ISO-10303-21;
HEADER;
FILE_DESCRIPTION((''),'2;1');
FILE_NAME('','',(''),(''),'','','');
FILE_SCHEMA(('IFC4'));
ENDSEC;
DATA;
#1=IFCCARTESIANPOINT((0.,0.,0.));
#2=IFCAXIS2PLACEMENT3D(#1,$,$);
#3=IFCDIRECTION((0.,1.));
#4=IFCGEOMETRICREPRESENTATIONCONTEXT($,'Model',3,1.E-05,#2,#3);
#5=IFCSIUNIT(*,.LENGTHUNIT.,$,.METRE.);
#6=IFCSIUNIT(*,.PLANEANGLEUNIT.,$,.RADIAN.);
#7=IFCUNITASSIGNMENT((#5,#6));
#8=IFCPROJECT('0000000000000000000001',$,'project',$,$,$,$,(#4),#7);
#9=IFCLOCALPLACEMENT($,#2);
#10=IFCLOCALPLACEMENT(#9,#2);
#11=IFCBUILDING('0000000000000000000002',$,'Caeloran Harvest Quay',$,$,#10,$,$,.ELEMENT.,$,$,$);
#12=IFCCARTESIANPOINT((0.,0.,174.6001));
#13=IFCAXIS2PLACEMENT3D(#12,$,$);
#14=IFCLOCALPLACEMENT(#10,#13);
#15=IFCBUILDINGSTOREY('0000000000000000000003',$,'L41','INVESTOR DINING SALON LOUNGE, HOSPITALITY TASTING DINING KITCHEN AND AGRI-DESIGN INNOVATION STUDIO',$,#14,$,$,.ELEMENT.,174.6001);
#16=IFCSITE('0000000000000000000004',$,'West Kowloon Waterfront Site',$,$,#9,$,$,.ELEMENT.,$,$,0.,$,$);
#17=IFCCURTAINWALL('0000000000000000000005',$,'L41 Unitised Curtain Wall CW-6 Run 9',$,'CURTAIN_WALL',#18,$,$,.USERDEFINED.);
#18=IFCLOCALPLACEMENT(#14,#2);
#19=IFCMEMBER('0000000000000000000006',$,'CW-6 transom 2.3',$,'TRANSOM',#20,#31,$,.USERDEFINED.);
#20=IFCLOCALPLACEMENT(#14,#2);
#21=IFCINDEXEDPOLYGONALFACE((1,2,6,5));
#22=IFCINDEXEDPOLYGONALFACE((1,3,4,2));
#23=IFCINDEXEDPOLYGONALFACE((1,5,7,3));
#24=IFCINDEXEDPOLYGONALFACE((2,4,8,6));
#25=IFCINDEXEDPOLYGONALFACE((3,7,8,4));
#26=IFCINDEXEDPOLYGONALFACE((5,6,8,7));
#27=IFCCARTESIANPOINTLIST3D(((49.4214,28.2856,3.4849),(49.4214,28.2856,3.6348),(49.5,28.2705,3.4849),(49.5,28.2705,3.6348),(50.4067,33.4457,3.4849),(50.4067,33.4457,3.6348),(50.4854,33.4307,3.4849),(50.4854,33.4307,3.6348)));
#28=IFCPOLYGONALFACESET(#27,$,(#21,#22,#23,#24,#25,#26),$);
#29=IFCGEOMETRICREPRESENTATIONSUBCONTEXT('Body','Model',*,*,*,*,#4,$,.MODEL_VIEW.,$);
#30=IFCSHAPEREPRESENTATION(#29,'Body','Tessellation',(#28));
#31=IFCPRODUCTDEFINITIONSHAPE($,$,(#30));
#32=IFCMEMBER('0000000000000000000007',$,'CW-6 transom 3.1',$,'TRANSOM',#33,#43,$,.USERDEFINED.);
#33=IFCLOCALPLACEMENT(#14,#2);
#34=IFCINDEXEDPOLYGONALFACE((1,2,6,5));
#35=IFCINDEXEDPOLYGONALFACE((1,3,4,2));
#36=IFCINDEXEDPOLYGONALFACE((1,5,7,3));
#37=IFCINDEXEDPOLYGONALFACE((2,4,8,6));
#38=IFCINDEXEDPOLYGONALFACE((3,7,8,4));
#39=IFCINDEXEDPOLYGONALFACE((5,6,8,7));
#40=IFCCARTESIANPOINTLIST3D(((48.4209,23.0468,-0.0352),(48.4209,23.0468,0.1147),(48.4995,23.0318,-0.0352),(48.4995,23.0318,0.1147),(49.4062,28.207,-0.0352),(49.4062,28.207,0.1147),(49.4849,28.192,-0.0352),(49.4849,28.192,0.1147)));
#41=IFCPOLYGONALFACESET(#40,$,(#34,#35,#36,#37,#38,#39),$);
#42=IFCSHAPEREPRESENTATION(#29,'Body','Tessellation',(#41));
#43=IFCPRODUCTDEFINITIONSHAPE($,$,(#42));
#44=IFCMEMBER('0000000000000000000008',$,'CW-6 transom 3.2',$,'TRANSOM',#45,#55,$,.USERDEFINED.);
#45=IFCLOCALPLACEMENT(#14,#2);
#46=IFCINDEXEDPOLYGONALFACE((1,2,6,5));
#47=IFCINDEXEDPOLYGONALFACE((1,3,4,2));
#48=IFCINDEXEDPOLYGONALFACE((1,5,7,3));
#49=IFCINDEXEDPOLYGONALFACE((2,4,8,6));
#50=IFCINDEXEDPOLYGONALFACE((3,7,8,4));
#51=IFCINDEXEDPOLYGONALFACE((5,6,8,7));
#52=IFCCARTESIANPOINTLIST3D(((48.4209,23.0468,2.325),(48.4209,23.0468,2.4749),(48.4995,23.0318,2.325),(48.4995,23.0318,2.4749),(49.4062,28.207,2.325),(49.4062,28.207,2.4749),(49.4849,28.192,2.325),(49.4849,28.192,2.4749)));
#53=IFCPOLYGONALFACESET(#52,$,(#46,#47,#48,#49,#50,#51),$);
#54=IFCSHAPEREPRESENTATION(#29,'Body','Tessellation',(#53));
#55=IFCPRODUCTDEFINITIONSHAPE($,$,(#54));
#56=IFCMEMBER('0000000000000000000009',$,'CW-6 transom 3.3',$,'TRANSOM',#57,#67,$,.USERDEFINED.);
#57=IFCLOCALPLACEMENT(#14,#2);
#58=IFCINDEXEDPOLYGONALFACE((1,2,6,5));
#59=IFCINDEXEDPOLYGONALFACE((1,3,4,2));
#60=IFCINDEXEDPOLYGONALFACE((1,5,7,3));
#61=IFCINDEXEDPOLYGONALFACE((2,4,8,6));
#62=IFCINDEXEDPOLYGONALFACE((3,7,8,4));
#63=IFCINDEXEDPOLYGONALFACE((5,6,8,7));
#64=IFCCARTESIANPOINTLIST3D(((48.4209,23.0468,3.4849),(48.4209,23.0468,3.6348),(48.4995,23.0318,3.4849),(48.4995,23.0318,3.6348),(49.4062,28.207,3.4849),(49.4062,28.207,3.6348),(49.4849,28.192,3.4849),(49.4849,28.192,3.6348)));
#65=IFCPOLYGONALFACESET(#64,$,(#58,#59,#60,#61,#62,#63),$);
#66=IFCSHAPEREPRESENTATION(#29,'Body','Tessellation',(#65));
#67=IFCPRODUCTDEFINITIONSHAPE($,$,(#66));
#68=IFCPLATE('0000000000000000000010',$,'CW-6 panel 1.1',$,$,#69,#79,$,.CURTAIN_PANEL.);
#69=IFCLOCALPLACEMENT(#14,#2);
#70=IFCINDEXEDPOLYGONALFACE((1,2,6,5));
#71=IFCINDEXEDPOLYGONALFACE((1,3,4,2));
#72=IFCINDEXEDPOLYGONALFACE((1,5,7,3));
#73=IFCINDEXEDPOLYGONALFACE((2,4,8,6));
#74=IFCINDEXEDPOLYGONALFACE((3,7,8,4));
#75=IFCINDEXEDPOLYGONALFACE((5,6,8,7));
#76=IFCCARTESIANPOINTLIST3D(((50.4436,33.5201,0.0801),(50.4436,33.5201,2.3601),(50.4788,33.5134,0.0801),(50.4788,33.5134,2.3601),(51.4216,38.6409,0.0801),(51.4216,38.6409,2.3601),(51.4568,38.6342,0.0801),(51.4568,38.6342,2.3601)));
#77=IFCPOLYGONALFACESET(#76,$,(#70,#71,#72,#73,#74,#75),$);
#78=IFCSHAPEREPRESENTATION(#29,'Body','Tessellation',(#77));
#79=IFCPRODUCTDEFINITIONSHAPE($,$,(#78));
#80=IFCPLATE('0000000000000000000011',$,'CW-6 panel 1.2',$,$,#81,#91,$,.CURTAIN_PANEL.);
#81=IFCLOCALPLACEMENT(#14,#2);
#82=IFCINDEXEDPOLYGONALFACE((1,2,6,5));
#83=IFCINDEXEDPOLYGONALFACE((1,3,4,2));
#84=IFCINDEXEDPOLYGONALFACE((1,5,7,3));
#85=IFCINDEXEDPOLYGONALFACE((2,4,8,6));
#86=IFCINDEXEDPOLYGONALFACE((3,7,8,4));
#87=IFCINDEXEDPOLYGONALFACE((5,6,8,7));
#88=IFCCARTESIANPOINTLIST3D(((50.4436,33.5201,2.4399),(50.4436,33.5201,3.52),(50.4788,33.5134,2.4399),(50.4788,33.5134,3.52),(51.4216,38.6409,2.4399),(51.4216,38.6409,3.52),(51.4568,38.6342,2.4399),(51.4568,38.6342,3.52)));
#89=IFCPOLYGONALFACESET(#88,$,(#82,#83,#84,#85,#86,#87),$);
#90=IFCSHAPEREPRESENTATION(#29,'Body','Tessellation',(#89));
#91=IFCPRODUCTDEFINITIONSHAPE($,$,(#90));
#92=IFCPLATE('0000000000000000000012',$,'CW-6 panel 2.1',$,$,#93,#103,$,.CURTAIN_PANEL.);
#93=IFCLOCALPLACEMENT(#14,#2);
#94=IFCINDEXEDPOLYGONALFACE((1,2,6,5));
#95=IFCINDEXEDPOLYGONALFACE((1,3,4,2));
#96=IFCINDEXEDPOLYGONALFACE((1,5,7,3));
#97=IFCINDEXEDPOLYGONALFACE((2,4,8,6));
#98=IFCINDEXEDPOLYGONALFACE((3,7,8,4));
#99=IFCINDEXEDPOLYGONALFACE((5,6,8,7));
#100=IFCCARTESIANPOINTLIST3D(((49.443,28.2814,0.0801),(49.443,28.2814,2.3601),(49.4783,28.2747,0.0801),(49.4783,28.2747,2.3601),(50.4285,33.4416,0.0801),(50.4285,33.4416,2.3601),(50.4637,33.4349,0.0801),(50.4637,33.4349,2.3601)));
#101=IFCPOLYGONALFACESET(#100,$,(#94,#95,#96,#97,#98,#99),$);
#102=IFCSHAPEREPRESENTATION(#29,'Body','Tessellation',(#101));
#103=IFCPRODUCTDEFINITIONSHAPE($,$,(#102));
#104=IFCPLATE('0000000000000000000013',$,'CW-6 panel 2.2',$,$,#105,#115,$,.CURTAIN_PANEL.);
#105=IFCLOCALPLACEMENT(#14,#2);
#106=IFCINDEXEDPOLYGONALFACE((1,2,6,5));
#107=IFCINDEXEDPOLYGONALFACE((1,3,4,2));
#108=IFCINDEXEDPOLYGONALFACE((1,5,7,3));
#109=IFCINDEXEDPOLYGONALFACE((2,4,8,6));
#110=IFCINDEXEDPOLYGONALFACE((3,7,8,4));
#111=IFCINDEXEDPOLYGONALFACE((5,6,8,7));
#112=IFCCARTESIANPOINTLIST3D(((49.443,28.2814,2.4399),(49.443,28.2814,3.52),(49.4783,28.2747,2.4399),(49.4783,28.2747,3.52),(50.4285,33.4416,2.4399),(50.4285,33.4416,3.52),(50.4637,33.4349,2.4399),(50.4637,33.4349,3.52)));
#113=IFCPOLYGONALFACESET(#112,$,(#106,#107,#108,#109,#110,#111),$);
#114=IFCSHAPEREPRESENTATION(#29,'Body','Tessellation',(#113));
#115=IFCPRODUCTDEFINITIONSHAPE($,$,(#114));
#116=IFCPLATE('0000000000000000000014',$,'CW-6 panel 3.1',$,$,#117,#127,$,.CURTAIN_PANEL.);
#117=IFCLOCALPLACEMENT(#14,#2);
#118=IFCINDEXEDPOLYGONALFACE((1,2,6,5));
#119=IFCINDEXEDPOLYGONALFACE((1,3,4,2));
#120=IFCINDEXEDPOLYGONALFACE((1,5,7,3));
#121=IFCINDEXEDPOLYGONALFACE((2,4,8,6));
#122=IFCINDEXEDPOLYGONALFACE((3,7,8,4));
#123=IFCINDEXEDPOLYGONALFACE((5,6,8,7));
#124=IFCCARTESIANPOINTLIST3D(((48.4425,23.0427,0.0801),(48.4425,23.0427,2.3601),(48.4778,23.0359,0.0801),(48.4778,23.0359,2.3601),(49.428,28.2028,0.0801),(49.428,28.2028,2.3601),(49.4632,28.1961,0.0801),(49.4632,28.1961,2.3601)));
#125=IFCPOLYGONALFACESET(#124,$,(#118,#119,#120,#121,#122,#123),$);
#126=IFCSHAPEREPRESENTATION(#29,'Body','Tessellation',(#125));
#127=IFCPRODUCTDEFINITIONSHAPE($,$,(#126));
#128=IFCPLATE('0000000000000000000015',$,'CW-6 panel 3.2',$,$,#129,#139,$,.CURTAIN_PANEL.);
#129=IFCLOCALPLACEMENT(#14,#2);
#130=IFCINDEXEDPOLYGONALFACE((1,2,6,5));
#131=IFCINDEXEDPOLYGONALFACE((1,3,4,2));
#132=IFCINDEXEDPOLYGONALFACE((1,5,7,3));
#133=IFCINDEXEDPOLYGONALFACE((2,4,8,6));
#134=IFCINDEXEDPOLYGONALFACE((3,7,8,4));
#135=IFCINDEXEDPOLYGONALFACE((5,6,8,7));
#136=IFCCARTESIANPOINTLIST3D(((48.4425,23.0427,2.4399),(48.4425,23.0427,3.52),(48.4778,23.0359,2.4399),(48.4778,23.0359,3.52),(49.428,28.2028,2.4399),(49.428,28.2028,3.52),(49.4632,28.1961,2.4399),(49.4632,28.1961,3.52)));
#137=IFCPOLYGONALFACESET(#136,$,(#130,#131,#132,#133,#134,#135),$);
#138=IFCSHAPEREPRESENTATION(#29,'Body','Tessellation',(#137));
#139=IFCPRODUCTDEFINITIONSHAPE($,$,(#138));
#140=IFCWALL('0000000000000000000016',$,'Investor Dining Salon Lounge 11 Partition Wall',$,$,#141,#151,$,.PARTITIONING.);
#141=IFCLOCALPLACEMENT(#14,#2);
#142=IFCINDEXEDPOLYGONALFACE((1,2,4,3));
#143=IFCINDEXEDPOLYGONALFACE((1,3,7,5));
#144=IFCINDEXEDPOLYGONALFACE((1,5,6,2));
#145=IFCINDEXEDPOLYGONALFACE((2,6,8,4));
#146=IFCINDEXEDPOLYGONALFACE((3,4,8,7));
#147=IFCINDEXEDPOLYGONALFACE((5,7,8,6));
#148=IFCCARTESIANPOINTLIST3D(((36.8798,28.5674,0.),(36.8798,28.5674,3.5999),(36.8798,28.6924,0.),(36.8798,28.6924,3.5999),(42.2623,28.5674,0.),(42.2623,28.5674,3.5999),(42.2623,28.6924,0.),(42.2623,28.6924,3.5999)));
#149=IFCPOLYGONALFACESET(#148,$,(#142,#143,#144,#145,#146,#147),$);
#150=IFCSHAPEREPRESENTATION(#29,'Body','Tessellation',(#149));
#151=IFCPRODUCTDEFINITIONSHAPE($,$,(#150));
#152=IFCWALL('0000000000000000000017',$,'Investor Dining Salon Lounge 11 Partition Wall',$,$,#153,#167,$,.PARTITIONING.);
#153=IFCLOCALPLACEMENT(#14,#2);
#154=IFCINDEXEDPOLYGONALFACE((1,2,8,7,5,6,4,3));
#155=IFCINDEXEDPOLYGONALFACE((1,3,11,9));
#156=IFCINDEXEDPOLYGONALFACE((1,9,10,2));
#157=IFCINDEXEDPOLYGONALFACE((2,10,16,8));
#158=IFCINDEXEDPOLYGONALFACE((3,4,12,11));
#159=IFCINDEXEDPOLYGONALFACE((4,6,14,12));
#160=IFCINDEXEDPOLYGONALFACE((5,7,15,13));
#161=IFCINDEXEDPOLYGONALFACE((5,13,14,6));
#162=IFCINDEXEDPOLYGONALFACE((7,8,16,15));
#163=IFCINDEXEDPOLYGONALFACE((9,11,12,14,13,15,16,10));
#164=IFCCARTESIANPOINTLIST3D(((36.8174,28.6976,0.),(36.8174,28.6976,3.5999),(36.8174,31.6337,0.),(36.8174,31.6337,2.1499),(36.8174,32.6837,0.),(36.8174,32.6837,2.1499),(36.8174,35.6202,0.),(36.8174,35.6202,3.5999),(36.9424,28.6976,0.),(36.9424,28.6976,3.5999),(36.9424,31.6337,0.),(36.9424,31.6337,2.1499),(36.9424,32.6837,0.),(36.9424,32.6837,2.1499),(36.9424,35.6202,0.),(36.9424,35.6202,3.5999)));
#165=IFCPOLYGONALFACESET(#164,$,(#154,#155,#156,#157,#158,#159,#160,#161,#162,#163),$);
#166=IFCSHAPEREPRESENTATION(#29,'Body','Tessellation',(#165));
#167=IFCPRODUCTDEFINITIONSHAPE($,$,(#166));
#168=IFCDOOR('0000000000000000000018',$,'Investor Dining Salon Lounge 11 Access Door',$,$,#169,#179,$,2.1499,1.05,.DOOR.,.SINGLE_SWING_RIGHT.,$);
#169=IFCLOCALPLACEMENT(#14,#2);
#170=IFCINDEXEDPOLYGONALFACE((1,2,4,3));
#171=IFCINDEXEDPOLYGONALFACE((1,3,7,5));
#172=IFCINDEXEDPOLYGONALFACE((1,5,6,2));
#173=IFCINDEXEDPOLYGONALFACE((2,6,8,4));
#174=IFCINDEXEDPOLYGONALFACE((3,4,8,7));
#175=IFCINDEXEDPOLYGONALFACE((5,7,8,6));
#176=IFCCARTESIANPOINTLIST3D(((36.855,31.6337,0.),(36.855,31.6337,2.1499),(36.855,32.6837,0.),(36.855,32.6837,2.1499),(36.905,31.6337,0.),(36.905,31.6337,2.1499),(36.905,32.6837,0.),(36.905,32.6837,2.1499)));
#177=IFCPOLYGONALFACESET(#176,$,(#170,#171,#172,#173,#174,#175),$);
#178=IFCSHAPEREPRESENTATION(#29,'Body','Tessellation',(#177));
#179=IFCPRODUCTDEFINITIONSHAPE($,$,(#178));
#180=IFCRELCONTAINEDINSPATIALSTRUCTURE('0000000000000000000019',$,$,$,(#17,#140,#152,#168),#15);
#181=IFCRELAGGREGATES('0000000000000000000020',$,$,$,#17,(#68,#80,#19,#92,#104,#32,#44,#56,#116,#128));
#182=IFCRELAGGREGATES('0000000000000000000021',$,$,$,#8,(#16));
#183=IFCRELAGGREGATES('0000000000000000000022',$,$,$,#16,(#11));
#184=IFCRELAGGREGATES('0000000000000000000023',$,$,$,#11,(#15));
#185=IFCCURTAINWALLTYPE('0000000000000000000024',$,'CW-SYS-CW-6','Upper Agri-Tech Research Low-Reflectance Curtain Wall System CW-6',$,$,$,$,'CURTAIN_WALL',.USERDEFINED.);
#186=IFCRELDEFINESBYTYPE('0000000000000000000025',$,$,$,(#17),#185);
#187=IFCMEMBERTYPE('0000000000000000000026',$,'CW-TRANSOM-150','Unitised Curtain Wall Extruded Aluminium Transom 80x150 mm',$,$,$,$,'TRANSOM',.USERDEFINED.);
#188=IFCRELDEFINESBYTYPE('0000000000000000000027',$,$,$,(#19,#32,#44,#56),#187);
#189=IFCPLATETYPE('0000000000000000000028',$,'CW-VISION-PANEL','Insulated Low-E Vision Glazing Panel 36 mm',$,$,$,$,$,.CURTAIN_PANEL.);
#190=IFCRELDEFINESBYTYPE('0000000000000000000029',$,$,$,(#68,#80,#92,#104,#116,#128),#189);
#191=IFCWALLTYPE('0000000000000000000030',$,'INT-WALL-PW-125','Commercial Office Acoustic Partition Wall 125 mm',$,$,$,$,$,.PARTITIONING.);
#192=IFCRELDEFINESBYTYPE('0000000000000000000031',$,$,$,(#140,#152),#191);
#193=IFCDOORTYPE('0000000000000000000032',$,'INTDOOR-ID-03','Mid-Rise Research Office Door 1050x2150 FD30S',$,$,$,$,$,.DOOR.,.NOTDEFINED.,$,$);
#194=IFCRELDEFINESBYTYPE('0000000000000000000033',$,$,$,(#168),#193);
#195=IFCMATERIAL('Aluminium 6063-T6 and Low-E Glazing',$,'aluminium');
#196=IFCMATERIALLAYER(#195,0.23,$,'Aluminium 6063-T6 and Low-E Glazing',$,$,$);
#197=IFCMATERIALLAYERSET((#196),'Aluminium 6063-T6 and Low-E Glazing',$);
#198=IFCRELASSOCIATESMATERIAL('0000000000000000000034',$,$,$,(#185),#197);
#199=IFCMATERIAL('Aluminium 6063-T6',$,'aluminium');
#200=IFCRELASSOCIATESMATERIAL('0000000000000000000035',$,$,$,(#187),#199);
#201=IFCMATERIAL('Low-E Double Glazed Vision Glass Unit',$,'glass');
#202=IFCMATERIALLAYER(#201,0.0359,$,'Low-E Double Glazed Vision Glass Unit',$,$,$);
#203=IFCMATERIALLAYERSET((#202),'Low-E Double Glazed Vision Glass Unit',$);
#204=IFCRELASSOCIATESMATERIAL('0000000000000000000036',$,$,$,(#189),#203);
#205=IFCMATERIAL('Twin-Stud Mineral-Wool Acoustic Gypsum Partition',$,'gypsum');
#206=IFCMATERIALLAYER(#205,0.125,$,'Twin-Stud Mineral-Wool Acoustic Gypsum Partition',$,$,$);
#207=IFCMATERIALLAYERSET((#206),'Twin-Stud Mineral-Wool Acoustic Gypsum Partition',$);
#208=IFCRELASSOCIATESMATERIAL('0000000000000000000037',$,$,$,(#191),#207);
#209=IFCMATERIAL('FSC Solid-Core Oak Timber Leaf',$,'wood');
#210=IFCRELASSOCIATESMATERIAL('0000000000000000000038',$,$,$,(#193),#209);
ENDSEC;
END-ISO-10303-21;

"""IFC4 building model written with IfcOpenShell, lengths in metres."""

from ifc_helpers import new_model, si_unit, direction, frame, frame_2d, origin, origin_2d, place, context, subcontext, project, spatial, rectangle, extrude, material, layer, layer_set, material_profile, profile_set, type_object, element, fill, aggregate, save


model = new_model("IFC4")

# Units and contexts
model_context = context("Model", 3, precision=1e-05, world=origin(), true_north=direction((0.0, 1.0)))
body_context = subcontext(model_context, "Body", "Model", "MODEL_VIEW")
ifc_project = project(units=[si_unit("LENGTHUNIT", "METRE"), si_unit("PLANEANGLEUNIT", "RADIAN")], contexts=[model_context])

# Site, building, storey
site_placement = place(None, origin())
site = spatial("IfcSite", under=ifc_project, at=site_placement, Name="West Kowloon Waterfront Site", CompositionType="ELEMENT", RefElevation=0.0)
building_placement = place(site_placement, origin())
building = spatial("IfcBuilding", under=site, at=building_placement, Name="Caeloran Harvest Quay", CompositionType="ELEMENT")
storey_placement = place(building_placement, frame((0.0, 0.0, 174.6001)))
storey = spatial("IfcBuildingStorey", under=building, at=storey_placement, Name="L41", Description="INVESTOR DINING SALON LOUNGE, HOSPITALITY TASTING DINING KITCHEN AND AGRI-DESIGN INNOVATION STUDIO", CompositionType="ELEMENT", Elevation=174.6001)

# Curtain wall, members, plates
ifc_material_1 = material(Name="Aluminium 6063-T6 and Low-E Glazing", Category="aluminium")
ifc_layer_1 = layer(ifc_material_1, 0.23, Name="Aluminium 6063-T6 and Low-E Glazing")
ifc_layer_set_1 = layer_set([ifc_layer_1], Name="Aluminium 6063-T6 and Low-E Glazing")
curtain_wall_type = type_object("IfcCurtainWallType", Name="CW-SYS-CW-6", Description="Upper Agri-Tech Research Low-Reflectance Curtain Wall System CW-6", ElementType="CURTAIN_WALL", PredefinedType="USERDEFINED", material=ifc_layer_set_1)
curtain_wall_placement = place(storey_placement, origin())
curtain_wall = element("IfcCurtainWall", 1, at=curtain_wall_placement, inside=storey, type_object=curtain_wall_type, Name="L41 Unitised Curtain Wall CW-6 Run 9", ObjectType="CURTAIN_WALL", PredefinedType="USERDEFINED")
ifc_material_2 = material(Name="Aluminium 6063-T6", Category="aluminium")
ifc_material_profile_1 = material_profile(ifc_material_2, rectangle(XDim=0.0801, YDim=0.1499, at=origin_2d()), Name="CW-TRANSOM-150")
ifc_profile_set_1 = profile_set([ifc_material_profile_1], Name="Aluminium 6063-T6")
member_type_1 = type_object("IfcMemberType", Name="CW-TRANSOM-150", Description="Unitised Curtain Wall Extruded Aluminium Transom 80x150 mm", ElementType="TRANSOM", PredefinedType="USERDEFINED", material=ifc_profile_set_1)
member_1_placement = place(storey_placement, frame((50.446, 33.4382, 3.5598), z_axis=(-0.187565, -0.982252, 0.0), x_axis=(0.982252, -0.187565, 0.0)))
member_1 = element("IfcMember", 2, at=member_1_placement, type_object=member_type_1, Name="CW-6 transom 2.3", ObjectType="TRANSOM", PredefinedType="USERDEFINED", context=body_context, shape_type="SweptSolid", body=[
    extrude(rectangle(XDim=0.0801, YDim=0.1499, at=origin_2d()), origin(), (0.0, 0.0, 1.0), 5.2534),
])
member_2_placement = place(storey_placement, frame((49.4456, 28.1995, 0.0398), z_axis=(-0.187565, -0.982252, 0.0), x_axis=(0.982252, -0.187565, 0.0)))
member_2 = element("IfcMember", 3, at=member_2_placement, type_object=member_type_1, Name="CW-6 transom 3.1", ObjectType="TRANSOM", PredefinedType="USERDEFINED", context=body_context, shape_type="SweptSolid", body=[
    extrude(rectangle(XDim=0.0801, YDim=0.1499, at=origin_2d()), origin(), (0.0, 0.0, 1.0), 5.2534),
])
member_3_placement = place(storey_placement, frame((49.4456, 28.1995, 2.3999), z_axis=(-0.187565, -0.982252, 0.0), x_axis=(0.982252, -0.187565, 0.0)))
member_3 = element("IfcMember", 4, at=member_3_placement, type_object=member_type_1, Name="CW-6 transom 3.2", ObjectType="TRANSOM", PredefinedType="USERDEFINED", context=body_context, shape_type="SweptSolid", body=[
    extrude(rectangle(XDim=0.0801, YDim=0.1499, at=origin_2d()), origin(), (0.0, 0.0, 1.0), 5.2534),
])
member_4_placement = place(storey_placement, frame((49.4456, 28.1995, 3.5598), z_axis=(-0.187565, -0.982252, 0.0), x_axis=(0.982252, -0.187565, 0.0)))
member_4 = element("IfcMember", 5, at=member_4_placement, type_object=member_type_1, Name="CW-6 transom 3.3", ObjectType="TRANSOM", PredefinedType="USERDEFINED", context=body_context, shape_type="SweptSolid", body=[
    extrude(rectangle(XDim=0.0801, YDim=0.1499, at=origin_2d()), origin(), (0.0, 0.0, 1.0), 5.2534),
])
ifc_material_3 = material(Name="Low-E Double Glazed Vision Glass Unit", Category="glass")
ifc_layer_2 = layer(ifc_material_3, 0.0359, Name="Low-E Double Glazed Vision Glass Unit")
ifc_layer_set_2 = layer_set([ifc_layer_2], Name="Low-E Double Glazed Vision Glass Unit")
plate_type = type_object("IfcPlateType", Name="CW-VISION-PANEL", Description="Insulated Low-E Vision Glazing Panel 36 mm", PredefinedType="CURTAIN_PANEL", material=ifc_layer_set_2)
plate_1_placement = place(storey_placement, frame((50.9502, 36.0771, 0.0801), z_axis=(0.0, 0.0, 1.0), x_axis=(-0.187588, -0.982248, 0.0)))
plate_1 = element("IfcPlate", 6, at=plate_1_placement, type_object=plate_type, Name="CW-6 panel 1.1", PredefinedType="CURTAIN_PANEL", context=body_context, shape_type="SweptSolid", body=[
    extrude(rectangle(XDim=5.2134, YDim=0.0359, at=origin_2d()), origin(), (0.0, 0.0, 1.0), 2.28),
])
plate_2_placement = place(storey_placement, frame((50.9502, 36.0771, 2.4399), z_axis=(0.0, 0.0, 1.0), x_axis=(-0.187588, -0.982248, 0.0)))
plate_2 = element("IfcPlate", 7, at=plate_2_placement, type_object=plate_type, Name="CW-6 panel 1.2", PredefinedType="CURTAIN_PANEL", context=body_context, shape_type="SweptSolid", body=[
    extrude(rectangle(XDim=5.2134, YDim=0.0359, at=origin_2d()), origin(), (0.0, 0.0, 1.0), 1.0801),
])
plate_3_placement = place(storey_placement, frame((49.9534, 30.8582, 0.0801), z_axis=(0.0, 0.0, 1.0), x_axis=(-0.187588, -0.982248, 0.0)))
plate_3 = element("IfcPlate", 8, at=plate_3_placement, type_object=plate_type, Name="CW-6 panel 2.1", PredefinedType="CURTAIN_PANEL", context=body_context, shape_type="SweptSolid", body=[
    extrude(rectangle(XDim=5.2534, YDim=0.0359, at=origin_2d()), origin(), (0.0, 0.0, 1.0), 2.28),
])
plate_4_placement = place(storey_placement, frame((49.9534, 30.8582, 2.4399), z_axis=(0.0, 0.0, 1.0), x_axis=(-0.187588, -0.982248, 0.0)))
plate_4 = element("IfcPlate", 9, at=plate_4_placement, type_object=plate_type, Name="CW-6 panel 2.2", PredefinedType="CURTAIN_PANEL", context=body_context, shape_type="SweptSolid", body=[
    extrude(rectangle(XDim=5.2534, YDim=0.0359, at=origin_2d()), origin(), (0.0, 0.0, 1.0), 1.0801),
])
plate_5_placement = place(storey_placement, frame((48.9529, 25.6194, 0.0801), z_axis=(0.0, 0.0, 1.0), x_axis=(-0.187588, -0.982248, 0.0)))
plate_5 = element("IfcPlate", 10, at=plate_5_placement, type_object=plate_type, Name="CW-6 panel 3.1", PredefinedType="CURTAIN_PANEL", context=body_context, shape_type="SweptSolid", body=[
    extrude(rectangle(XDim=5.2534, YDim=0.0359, at=origin_2d()), origin(), (0.0, 0.0, 1.0), 2.28),
])
plate_6_placement = place(storey_placement, frame((48.9529, 25.6194, 2.4399), z_axis=(0.0, 0.0, 1.0), x_axis=(-0.187588, -0.982248, 0.0)))
plate_6 = element("IfcPlate", 11, at=plate_6_placement, type_object=plate_type, Name="CW-6 panel 3.2", PredefinedType="CURTAIN_PANEL", context=body_context, shape_type="SweptSolid", body=[
    extrude(rectangle(XDim=5.2534, YDim=0.0359, at=origin_2d()), origin(), (0.0, 0.0, 1.0), 1.0801),
])
aggregate(curtain_wall, [plate_1, plate_2, member_1, plate_3, plate_4, member_2, member_3, member_4, plate_5, plate_6])

# Wall
ifc_material_4 = material(Name="Twin-Stud Mineral-Wool Acoustic Gypsum Partition", Category="gypsum")
ifc_layer_3 = layer(ifc_material_4, 0.125, Name="Twin-Stud Mineral-Wool Acoustic Gypsum Partition")
ifc_layer_set_3 = layer_set([ifc_layer_3], Name="Twin-Stud Mineral-Wool Acoustic Gypsum Partition")
wall_type_1 = type_object("IfcWallType", Name="INT-WALL-PW-125", Description="Commercial Office Acoustic Partition Wall 125 mm", PredefinedType="PARTITIONING", material=ifc_layer_set_3)
wall_1_placement = place(storey_placement, frame((42.2625, 28.6299, 0.0), z_axis=(0.0, 0.0, 1.0), x_axis=(-1.0, 0.0, 0.0)))
element("IfcWall", 12, at=wall_1_placement, inside=storey, type_object=wall_type_1, Name="Investor Dining Salon Lounge 11 Partition Wall", PredefinedType="PARTITIONING", context=body_context, shape_type="SweptSolid", body=[
    extrude(rectangle(XDim=5.3826, YDim=0.125, at=frame_2d((2.6914, 0.0))), origin(), (0.0, 0.0, 1.0), 3.5999),
])

# Wall, opening, door
wall_2_placement = place(storey_placement, frame((36.8799, 28.6975, 0.0), z_axis=(0.0, 0.0, 1.0), x_axis=(0.0, 1.0, 0.0)))
wall_2 = element("IfcWall", 13, at=wall_2_placement, inside=storey, type_object=wall_type_1, Name="Investor Dining Salon Lounge 11 Partition Wall", PredefinedType="PARTITIONING", context=body_context, shape_type="SweptSolid", body=[
    extrude(rectangle(XDim=6.9226, YDim=0.125, at=frame_2d((3.4614, 0.0))), origin(), (0.0, 0.0, 1.0), 3.5999),
])
opening_placement = place(wall_2_placement, frame((2.9363, 0.0, 0.0)))
opening = element("IfcOpeningElement", 14, at=opening_placement, cuts=wall_2, PredefinedType="OPENING", context=body_context, shape_type="SweptSolid", body=[
    extrude(rectangle(XDim=1.05, YDim=2.1499, at=frame_2d((0.5249, 1.075))), frame((0.0, 0.0725, 0.0), z_axis=(0.0, -1.0, 0.0), x_axis=(1.0, 0.0, 0.0)), (0.0, 0.0, 1.0), 0.145),
])
ifc_material_5 = material(Name="FSC Solid-Core Oak Timber Leaf", Category="wood")
door_type = type_object("IfcDoorType", Name="INTDOOR-ID-03", Description="Mid-Rise Research Office Door 1050x2150 FD30S", OperationType="NOTDEFINED", PredefinedType="DOOR", material=ifc_material_5)
door_placement = place(opening_placement, origin())
door = element("IfcDoor", 15, at=door_placement, inside=storey, type_object=door_type, Name="Investor Dining Salon Lounge 11 Access Door", OperationType="SINGLE_SWING_RIGHT", OverallHeight=2.1499, OverallWidth=1.05, PredefinedType="DOOR", context=body_context, shape_type="SweptSolid", body=[
    extrude(rectangle(XDim=1.05, YDim=2.1499, at=frame_2d((0.5249, 1.075))), frame((0.0, 0.0249, 0.0), z_axis=(0.0, -1.0, 0.0), x_axis=(1.0, 0.0, 0.0)), (0.0, 0.0, 1.0), 0.05),
])
fill(opening, door)

save(model, "model.ifc")
